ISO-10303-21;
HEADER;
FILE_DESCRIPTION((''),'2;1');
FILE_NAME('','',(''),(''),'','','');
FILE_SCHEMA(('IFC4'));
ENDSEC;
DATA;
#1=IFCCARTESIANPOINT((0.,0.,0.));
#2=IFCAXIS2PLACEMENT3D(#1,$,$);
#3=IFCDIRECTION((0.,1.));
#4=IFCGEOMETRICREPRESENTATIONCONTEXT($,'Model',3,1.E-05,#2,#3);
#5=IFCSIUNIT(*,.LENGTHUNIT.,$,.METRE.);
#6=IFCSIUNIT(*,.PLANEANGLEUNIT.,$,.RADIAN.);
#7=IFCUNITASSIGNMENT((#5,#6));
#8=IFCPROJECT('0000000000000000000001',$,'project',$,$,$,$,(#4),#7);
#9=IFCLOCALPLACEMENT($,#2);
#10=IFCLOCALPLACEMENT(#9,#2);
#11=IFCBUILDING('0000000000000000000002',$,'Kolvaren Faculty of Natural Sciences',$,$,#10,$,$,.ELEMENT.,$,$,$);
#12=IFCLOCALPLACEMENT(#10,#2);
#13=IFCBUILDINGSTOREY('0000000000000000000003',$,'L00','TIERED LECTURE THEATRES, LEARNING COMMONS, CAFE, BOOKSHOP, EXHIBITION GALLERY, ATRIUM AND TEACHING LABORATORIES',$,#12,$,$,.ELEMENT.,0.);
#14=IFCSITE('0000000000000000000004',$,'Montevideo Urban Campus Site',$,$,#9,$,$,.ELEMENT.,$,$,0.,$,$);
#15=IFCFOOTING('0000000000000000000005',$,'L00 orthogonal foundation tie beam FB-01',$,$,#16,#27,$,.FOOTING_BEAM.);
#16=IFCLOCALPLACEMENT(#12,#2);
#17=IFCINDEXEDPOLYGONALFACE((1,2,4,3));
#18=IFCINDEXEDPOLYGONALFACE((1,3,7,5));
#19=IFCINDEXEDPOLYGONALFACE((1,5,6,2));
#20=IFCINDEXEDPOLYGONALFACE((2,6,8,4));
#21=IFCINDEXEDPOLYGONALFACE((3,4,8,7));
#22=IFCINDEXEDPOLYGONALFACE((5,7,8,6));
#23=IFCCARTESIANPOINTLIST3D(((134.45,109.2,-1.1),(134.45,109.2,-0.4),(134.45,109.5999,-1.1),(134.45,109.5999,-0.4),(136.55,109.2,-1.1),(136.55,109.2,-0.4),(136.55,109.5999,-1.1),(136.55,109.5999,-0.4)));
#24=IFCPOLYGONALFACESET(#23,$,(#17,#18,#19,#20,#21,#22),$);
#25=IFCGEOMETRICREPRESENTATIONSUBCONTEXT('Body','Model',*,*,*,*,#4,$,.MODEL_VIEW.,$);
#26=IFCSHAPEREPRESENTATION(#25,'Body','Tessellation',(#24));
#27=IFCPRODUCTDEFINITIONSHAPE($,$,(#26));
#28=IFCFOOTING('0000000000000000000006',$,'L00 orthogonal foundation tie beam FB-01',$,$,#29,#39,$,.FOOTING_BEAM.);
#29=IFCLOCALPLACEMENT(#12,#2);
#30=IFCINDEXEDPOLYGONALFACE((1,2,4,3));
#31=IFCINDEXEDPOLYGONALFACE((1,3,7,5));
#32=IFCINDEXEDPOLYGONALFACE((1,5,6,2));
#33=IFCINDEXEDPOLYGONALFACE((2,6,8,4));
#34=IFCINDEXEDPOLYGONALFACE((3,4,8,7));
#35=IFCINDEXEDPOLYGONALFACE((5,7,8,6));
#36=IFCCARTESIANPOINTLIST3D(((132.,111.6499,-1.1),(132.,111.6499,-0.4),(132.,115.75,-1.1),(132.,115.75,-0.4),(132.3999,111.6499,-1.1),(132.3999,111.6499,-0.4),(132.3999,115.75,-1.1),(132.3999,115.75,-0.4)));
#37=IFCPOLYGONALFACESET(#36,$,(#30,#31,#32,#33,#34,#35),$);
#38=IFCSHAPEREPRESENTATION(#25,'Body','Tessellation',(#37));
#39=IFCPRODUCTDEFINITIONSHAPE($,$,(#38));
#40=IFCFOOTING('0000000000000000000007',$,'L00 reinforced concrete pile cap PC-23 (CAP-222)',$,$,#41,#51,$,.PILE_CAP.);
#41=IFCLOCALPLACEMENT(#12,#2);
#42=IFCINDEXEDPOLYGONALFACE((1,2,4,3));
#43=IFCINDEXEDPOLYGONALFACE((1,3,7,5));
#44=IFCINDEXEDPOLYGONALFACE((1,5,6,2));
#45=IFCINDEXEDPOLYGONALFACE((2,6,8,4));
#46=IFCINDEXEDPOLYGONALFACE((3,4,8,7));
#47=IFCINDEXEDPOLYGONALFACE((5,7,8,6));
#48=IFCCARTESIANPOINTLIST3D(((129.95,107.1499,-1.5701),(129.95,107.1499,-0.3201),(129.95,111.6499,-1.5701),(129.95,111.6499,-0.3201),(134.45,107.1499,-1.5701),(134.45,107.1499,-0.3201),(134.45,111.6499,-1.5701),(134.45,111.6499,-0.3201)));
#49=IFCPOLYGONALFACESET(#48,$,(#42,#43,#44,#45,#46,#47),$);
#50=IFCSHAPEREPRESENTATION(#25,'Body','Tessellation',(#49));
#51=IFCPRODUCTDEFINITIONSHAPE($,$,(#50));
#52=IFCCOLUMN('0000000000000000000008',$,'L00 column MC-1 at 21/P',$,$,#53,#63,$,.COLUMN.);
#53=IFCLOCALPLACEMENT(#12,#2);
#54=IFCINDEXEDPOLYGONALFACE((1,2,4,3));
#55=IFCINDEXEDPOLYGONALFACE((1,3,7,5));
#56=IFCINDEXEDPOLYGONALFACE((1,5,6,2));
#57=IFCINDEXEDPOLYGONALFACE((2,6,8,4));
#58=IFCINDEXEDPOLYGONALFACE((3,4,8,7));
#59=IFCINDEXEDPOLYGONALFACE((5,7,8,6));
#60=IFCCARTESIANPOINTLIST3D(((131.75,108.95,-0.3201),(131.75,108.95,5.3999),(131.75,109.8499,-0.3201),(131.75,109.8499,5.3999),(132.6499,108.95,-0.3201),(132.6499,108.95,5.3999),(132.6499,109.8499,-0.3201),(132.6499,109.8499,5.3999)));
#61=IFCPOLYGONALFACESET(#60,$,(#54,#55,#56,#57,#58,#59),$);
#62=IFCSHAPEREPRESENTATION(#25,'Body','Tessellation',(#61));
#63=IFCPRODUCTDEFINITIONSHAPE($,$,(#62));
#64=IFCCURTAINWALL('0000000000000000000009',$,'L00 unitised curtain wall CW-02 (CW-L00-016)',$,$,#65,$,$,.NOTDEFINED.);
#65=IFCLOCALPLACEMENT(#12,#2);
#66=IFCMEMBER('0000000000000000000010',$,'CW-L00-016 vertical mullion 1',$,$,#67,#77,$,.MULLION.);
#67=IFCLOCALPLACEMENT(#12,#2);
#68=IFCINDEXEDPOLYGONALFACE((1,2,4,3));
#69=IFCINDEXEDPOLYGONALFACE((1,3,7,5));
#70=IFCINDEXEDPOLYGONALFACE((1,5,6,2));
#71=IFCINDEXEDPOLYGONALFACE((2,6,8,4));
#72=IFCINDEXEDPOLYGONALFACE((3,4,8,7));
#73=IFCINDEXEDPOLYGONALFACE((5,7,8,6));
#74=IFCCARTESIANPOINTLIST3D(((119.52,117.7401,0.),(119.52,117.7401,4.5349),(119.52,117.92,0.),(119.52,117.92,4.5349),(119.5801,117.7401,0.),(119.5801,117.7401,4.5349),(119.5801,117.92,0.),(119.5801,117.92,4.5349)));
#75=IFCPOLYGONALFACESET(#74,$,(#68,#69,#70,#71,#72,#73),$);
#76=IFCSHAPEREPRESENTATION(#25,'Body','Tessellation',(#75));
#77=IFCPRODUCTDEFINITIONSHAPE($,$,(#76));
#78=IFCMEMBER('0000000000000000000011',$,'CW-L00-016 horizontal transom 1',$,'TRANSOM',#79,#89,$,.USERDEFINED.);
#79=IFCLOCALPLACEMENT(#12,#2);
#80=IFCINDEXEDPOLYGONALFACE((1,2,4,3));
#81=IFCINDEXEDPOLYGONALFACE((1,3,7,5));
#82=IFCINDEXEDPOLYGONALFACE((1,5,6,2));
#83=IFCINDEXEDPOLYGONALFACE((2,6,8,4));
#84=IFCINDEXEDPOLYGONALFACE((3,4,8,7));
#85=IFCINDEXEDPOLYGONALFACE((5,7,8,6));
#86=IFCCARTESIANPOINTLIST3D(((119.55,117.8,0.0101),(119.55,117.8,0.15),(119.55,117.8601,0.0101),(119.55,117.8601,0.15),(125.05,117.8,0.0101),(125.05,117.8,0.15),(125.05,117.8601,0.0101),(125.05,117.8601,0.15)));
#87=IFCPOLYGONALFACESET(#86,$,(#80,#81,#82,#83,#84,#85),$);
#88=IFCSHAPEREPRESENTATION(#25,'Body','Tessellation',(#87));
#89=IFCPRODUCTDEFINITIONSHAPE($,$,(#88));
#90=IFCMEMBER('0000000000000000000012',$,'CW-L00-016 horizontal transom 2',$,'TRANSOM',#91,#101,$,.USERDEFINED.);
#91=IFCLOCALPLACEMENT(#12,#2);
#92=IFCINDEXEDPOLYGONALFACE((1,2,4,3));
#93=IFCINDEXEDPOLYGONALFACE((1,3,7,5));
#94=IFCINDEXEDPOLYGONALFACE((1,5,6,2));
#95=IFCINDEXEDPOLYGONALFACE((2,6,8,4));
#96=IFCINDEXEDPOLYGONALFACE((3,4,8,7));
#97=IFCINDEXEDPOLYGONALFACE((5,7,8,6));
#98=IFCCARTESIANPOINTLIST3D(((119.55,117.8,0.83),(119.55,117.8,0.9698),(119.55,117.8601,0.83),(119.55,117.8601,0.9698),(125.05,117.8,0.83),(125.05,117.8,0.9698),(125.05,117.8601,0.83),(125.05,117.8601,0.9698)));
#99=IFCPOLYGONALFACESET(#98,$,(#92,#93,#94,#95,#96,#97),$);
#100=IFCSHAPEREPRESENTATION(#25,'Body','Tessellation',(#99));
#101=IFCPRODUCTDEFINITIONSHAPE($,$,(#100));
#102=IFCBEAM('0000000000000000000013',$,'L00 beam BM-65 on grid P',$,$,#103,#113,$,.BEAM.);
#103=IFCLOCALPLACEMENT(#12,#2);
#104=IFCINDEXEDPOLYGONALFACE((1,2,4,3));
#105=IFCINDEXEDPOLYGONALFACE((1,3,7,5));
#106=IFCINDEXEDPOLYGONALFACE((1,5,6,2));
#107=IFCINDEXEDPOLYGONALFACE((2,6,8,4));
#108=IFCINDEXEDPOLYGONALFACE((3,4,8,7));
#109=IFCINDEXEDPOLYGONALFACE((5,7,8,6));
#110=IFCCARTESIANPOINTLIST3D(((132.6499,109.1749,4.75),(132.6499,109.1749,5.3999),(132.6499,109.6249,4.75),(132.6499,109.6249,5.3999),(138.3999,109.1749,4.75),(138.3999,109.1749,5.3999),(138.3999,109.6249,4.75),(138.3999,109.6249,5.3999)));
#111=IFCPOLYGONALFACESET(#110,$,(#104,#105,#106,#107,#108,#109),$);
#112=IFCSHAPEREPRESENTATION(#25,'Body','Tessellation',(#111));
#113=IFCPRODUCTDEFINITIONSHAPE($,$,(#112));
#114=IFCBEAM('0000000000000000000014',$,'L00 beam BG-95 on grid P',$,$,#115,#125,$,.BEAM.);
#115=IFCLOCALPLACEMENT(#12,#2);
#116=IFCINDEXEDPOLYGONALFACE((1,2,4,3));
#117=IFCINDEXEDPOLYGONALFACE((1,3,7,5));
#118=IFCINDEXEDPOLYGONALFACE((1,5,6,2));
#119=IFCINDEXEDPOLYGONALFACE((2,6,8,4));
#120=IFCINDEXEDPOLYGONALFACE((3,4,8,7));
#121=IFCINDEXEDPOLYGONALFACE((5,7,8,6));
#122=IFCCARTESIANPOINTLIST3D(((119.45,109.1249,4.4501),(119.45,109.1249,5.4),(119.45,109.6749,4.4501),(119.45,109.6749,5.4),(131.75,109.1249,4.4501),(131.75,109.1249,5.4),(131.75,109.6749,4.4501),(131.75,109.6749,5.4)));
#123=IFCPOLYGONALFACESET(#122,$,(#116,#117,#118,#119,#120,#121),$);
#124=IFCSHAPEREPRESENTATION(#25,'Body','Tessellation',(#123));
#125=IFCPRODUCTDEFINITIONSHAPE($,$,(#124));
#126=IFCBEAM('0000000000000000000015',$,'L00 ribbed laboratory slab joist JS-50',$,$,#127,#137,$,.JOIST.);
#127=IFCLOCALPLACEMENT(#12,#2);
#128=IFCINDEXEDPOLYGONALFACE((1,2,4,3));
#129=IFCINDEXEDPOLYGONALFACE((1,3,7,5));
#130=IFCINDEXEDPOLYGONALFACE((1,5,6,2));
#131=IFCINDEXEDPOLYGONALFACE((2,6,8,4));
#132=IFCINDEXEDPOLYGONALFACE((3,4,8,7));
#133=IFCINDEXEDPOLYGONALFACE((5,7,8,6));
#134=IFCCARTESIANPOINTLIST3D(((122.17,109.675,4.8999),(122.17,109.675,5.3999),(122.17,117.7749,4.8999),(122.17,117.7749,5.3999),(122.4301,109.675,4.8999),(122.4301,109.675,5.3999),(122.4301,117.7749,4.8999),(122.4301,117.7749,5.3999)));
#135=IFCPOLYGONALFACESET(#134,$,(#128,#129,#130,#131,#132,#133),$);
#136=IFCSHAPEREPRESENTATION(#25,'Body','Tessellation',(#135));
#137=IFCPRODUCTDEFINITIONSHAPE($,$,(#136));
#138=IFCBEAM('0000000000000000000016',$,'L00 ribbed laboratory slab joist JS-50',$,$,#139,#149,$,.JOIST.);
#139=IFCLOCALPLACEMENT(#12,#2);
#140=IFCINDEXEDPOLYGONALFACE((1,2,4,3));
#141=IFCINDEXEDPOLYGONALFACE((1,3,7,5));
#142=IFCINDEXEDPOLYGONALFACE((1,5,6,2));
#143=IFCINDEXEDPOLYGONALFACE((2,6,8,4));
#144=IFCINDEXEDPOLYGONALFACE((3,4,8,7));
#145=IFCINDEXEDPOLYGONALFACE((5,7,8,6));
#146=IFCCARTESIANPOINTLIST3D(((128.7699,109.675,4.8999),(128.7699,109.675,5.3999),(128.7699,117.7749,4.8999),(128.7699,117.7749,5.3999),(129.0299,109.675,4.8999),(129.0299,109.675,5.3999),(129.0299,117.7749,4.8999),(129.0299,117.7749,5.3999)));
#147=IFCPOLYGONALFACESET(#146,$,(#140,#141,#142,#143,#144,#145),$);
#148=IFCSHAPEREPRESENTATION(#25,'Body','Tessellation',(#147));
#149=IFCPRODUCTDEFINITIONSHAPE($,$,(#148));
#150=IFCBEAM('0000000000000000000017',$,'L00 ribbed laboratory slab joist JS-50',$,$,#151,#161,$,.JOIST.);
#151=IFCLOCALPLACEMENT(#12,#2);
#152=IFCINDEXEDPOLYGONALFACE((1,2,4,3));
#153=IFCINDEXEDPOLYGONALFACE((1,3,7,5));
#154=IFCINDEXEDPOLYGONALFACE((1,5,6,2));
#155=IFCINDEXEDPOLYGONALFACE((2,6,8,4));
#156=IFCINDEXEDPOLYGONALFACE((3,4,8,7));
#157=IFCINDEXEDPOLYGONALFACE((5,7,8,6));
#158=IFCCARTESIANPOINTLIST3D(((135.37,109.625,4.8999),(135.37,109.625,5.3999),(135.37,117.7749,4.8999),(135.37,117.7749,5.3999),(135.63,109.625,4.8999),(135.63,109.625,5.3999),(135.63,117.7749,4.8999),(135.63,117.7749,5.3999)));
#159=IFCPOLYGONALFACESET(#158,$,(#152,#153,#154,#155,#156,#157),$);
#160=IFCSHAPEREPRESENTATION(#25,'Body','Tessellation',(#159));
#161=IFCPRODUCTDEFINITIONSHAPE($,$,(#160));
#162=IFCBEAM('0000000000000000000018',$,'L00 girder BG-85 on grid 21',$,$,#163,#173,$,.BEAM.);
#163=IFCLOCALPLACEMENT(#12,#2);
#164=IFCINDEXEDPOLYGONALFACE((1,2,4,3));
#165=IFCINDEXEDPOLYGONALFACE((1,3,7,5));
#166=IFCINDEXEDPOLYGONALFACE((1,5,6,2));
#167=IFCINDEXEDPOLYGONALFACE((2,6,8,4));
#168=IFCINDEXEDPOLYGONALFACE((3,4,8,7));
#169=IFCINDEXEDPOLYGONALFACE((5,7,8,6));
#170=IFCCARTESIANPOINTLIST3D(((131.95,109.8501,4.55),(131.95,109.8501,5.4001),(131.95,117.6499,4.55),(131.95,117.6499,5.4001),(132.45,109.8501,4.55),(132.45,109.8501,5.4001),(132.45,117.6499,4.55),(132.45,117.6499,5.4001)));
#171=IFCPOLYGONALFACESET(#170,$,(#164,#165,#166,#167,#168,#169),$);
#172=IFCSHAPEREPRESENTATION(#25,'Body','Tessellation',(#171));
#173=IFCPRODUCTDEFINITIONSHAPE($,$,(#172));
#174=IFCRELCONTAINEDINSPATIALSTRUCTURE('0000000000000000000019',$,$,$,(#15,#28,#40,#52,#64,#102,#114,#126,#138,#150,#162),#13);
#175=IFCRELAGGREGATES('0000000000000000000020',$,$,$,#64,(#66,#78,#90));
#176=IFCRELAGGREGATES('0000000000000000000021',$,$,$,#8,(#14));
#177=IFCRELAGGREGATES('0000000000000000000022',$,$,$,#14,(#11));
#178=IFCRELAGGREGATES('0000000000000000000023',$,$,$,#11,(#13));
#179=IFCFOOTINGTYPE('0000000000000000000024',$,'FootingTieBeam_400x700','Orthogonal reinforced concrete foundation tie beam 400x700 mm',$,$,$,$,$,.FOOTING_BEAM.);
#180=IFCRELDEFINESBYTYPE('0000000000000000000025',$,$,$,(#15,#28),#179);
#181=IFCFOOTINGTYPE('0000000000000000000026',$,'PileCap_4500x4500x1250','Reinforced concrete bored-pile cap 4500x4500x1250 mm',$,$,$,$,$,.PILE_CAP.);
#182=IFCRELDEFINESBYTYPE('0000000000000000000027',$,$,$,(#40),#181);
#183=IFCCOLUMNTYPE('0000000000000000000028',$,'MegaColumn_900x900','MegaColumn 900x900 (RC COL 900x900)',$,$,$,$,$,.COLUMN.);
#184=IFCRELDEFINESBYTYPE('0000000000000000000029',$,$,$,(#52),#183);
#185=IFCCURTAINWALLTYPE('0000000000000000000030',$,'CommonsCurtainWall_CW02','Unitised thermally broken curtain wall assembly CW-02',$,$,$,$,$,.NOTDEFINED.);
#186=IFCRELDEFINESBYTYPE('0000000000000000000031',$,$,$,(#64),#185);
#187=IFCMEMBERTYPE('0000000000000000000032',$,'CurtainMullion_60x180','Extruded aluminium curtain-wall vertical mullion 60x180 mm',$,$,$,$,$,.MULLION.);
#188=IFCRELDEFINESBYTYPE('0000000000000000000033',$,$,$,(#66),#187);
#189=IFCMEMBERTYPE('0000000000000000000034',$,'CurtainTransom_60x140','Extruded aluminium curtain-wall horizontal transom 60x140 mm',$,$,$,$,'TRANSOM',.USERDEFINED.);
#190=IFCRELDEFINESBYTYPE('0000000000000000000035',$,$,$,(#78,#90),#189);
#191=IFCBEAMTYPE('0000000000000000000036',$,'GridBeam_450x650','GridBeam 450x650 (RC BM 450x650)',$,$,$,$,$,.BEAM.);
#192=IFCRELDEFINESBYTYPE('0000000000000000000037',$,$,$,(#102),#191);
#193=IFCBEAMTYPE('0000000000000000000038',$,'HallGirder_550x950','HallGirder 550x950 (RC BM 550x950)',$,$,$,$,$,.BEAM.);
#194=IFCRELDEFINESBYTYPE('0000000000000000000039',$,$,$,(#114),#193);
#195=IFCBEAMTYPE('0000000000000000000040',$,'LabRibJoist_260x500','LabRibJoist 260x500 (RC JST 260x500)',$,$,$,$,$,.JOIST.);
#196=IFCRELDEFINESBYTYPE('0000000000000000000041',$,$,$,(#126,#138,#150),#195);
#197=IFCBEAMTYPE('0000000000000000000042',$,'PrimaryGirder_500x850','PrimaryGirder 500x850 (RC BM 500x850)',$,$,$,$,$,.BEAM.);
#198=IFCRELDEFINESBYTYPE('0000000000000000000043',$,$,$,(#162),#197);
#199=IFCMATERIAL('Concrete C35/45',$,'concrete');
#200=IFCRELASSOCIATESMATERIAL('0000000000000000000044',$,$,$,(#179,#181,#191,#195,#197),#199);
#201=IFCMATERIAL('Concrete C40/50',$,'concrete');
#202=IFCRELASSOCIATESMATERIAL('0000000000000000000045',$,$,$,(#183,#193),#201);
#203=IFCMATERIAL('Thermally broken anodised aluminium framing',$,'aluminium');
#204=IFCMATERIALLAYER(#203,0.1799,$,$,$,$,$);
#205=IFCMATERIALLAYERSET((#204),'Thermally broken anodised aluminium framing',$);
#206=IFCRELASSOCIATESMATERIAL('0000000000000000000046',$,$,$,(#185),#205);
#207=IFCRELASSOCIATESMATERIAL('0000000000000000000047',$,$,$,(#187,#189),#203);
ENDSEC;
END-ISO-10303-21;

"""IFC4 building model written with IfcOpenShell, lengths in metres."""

from ifc_helpers import new_model, si_unit, direction, frame, origin, origin_2d, place, context, subcontext, project, spatial, rectangle, extrude, material, layer, layer_set, material_profile, profile_set, type_object, element, aggregate, save


model = new_model("IFC4")

# Units and contexts
model_context = context("Model", 3, precision=1e-05, world=origin(), true_north=direction((0.0, 1.0)))
body_context = subcontext(model_context, "Body", "Model", "MODEL_VIEW")
ifc_project = project(units=[si_unit("LENGTHUNIT", "METRE"), si_unit("PLANEANGLEUNIT", "RADIAN")], contexts=[model_context])

# Site, building, storey
site_placement = place(None, origin())
site = spatial("IfcSite", under=ifc_project, at=site_placement, Name="Montevideo Urban Campus Site", CompositionType="ELEMENT", RefElevation=0.0)
building_placement = place(site_placement, origin())
building = spatial("IfcBuilding", under=site, at=building_placement, Name="Kolvaren Faculty of Natural Sciences", CompositionType="ELEMENT")
storey_placement = place(building_placement, origin())
storey = spatial("IfcBuildingStorey", under=building, at=storey_placement, Name="L00", Description="TIERED LECTURE THEATRES, LEARNING COMMONS, CAFE, BOOKSHOP, EXHIBITION GALLERY, ATRIUM AND TEACHING LABORATORIES", CompositionType="ELEMENT", Elevation=0.0)

# Shared definitions
ifc_material_1 = material(Name="Concrete C35/45", Category="concrete")

# Footings
ifc_material_profile_1 = material_profile(ifc_material_1, rectangle(XDim=0.3999, YDim=0.7, at=origin_2d()), Name="RC FB 400x700")
ifc_profile_set_1 = profile_set([ifc_material_profile_1], Name="Concrete C35/45")
footing_type_1 = type_object("IfcFootingType", Name="FootingTieBeam_400x700", Description="Orthogonal reinforced concrete foundation tie beam 400x700 mm", PredefinedType="FOOTING_BEAM", material=ifc_profile_set_1)
footing_1_placement = place(storey_placement, frame((134.45, 109.3999, -0.75), z_axis=(1.0, 0.0, 0.0), x_axis=(0.0, 1.0, 0.0)))
element("IfcFooting", 1, at=footing_1_placement, inside=storey, type_object=footing_type_1, Name="L00 orthogonal foundation tie beam FB-01", PredefinedType="FOOTING_BEAM", context=body_context, shape_type="SweptSolid", body=[
    extrude(rectangle(XDim=0.3999, YDim=0.7, at=origin_2d()), origin(), (0.0, 0.0, 1.0), 2.1001),
])
footing_2_placement = place(storey_placement, frame((132.2, 111.6499, -0.75), z_axis=(0.0, 1.0, 0.0), x_axis=(-1.0, 0.0, 0.0)))
element("IfcFooting", 2, at=footing_2_placement, inside=storey, type_object=footing_type_1, Name="L00 orthogonal foundation tie beam FB-01", PredefinedType="FOOTING_BEAM", context=body_context, shape_type="SweptSolid", body=[
    extrude(rectangle(XDim=0.3999, YDim=0.7, at=origin_2d()), origin(), (0.0, 0.0, 1.0), 4.1001),
])
footing_type_2 = type_object("IfcFootingType", Name="PileCap_4500x4500x1250", Description="Reinforced concrete bored-pile cap 4500x4500x1250 mm", PredefinedType="PILE_CAP", material=ifc_material_1)
footing_3_placement = place(storey_placement, frame((132.2, 109.3999, -1.5701), z_axis=(0.0, 0.0, 1.0), x_axis=(1.0, 0.0, 0.0)))
element("IfcFooting", 3, at=footing_3_placement, inside=storey, type_object=footing_type_2, Name="L00 reinforced concrete pile cap PC-23 (CAP-222)", PredefinedType="PILE_CAP", context=body_context, shape_type="SweptSolid", body=[
    extrude(rectangle(XDim=4.5, YDim=4.5, at=origin_2d()), origin(), (0.0, 0.0, 1.0), 1.25),
])

# Column
ifc_material_2 = material(Name="Concrete C40/50", Category="concrete")
ifc_material_profile_2 = material_profile(ifc_material_2, rectangle(XDim=0.8999, YDim=0.8999, at=origin_2d()), Name="RC COL 900x900")
ifc_profile_set_2 = profile_set([ifc_material_profile_2], Name="Concrete C40/50")
column_type = type_object("IfcColumnType", Name="MegaColumn_900x900", Description="MegaColumn 900x900 (RC COL 900x900)", PredefinedType="COLUMN", material=ifc_profile_set_2)
column_placement = place(storey_placement, frame((132.2, 109.3999, -0.3201), z_axis=(0.0, 0.0, 1.0), x_axis=(1.0, 0.0, 0.0)))
element("IfcColumn", 4, at=column_placement, inside=storey, type_object=column_type, Name="L00 column MC-1 at 21/P", PredefinedType="COLUMN", context=body_context, shape_type="SweptSolid", body=[
    extrude(rectangle(XDim=0.8999, YDim=0.8999, at=origin_2d()), origin(), (0.0, 0.0, 1.0), 5.72),
])

# Curtain wall, members
ifc_material_3 = material(Name="Thermally broken anodised aluminium framing", Category="aluminium")
ifc_layer_1 = layer(ifc_material_3, 0.1799)
ifc_layer_set_1 = layer_set([ifc_layer_1], Name="Thermally broken anodised aluminium framing")
curtain_wall_type = type_object("IfcCurtainWallType", Name="CommonsCurtainWall_CW02", Description="Unitised thermally broken curtain wall assembly CW-02", PredefinedType="NOTDEFINED", material=ifc_layer_set_1)
curtain_wall_placement = place(storey_placement, origin())
curtain_wall = element("IfcCurtainWall", 5, at=curtain_wall_placement, inside=storey, type_object=curtain_wall_type, Name="L00 unitised curtain wall CW-02 (CW-L00-016)", PredefinedType="NOTDEFINED")
ifc_material_profile_3 = material_profile(ifc_material_3, rectangle(XDim=0.0601, YDim=0.1799, at=origin_2d()), Name="ALU MUL 60x180")
ifc_profile_set_3 = profile_set([ifc_material_profile_3], Name="Thermally broken anodised aluminium framing")
member_type_1 = type_object("IfcMemberType", Name="CurtainMullion_60x180", Description="Extruded aluminium curtain-wall vertical mullion 60x180 mm", PredefinedType="MULLION", material=ifc_profile_set_3)
member_1_placement = place(storey_placement, frame((119.55, 117.8301, 0.0), z_axis=(0.0, 0.0, 1.0), x_axis=(1.0, 0.0, 0.0)))
member_1 = element("IfcMember", 6, at=member_1_placement, type_object=member_type_1, Name="CW-L00-016 vertical mullion 1", PredefinedType="MULLION", context=body_context, shape_type="SweptSolid", body=[
    extrude(rectangle(XDim=0.0601, YDim=0.1799, at=origin_2d()), origin(), (0.0, 0.0, 1.0), 4.5349),
])
ifc_material_profile_4 = material_profile(ifc_material_3, rectangle(XDim=0.0601, YDim=0.1399, at=origin_2d()), Name="ALU TRN 60x140")
ifc_profile_set_4 = profile_set([ifc_material_profile_4], Name="Thermally broken anodised aluminium framing")
member_type_2 = type_object("IfcMemberType", Name="CurtainTransom_60x140", Description="Extruded aluminium curtain-wall horizontal transom 60x140 mm", ElementType="TRANSOM", PredefinedType="USERDEFINED", material=ifc_profile_set_4)
member_2_placement = place(storey_placement, frame((119.55, 117.8301, 0.0801), z_axis=(1.0, 0.0, 0.0), x_axis=(0.0, 1.0, 0.0)))
member_2 = element("IfcMember", 7, at=member_2_placement, type_object=member_type_2, Name="CW-L00-016 horizontal transom 1", ObjectType="TRANSOM", PredefinedType="USERDEFINED", context=body_context, shape_type="SweptSolid", body=[
    extrude(rectangle(XDim=0.0601, YDim=0.1399, at=origin_2d()), origin(), (0.0, 0.0, 1.0), 5.5),
])
member_3_placement = place(storey_placement, frame((119.55, 117.8301, 0.8999), z_axis=(1.0, 0.0, 0.0), x_axis=(0.0, 1.0, 0.0)))
member_3 = element("IfcMember", 8, at=member_3_placement, type_object=member_type_2, Name="CW-L00-016 horizontal transom 2", ObjectType="TRANSOM", PredefinedType="USERDEFINED", context=body_context, shape_type="SweptSolid", body=[
    extrude(rectangle(XDim=0.0601, YDim=0.1399, at=origin_2d()), origin(), (0.0, 0.0, 1.0), 5.5),
])
aggregate(curtain_wall, [member_1, member_2, member_3])

# Beams
ifc_material_profile_5 = material_profile(ifc_material_1, rectangle(XDim=0.45, YDim=0.6499, at=origin_2d()), Name="RC BM 450x650")
ifc_profile_set_5 = profile_set([ifc_material_profile_5], Name="Concrete C35/45")
beam_type_1 = type_object("IfcBeamType", Name="GridBeam_450x650", Description="GridBeam 450x650 (RC BM 450x650)", PredefinedType="BEAM", material=ifc_profile_set_5)
beam_1_placement = place(storey_placement, frame((132.6499, 109.3999, 5.075), z_axis=(1.0, 0.0, 0.0), x_axis=(0.0, 1.0, 0.0)))
element("IfcBeam", 9, at=beam_1_placement, inside=storey, type_object=beam_type_1, Name="L00 beam BM-65 on grid P", PredefinedType="BEAM", context=body_context, shape_type="SweptSolid", body=[
    extrude(rectangle(XDim=0.45, YDim=0.6499, at=origin_2d()), origin(), (0.0, 0.0, 1.0), 5.75),
])
ifc_material_profile_6 = material_profile(ifc_material_2, rectangle(XDim=0.55, YDim=0.95, at=origin_2d()), Name="RC BM 550x950")
ifc_profile_set_6 = profile_set([ifc_material_profile_6], Name="Concrete C40/50")
beam_type_2 = type_object("IfcBeamType", Name="HallGirder_550x950", Description="HallGirder 550x950 (RC BM 550x950)", PredefinedType="BEAM", material=ifc_profile_set_6)
beam_2_placement = place(storey_placement, frame((119.45, 109.3999, 4.925), z_axis=(1.0, 0.0, 0.0), x_axis=(0.0, 1.0, 0.0)))
element("IfcBeam", 10, at=beam_2_placement, inside=storey, type_object=beam_type_2, Name="L00 beam BG-95 on grid P", PredefinedType="BEAM", context=body_context, shape_type="SweptSolid", body=[
    extrude(rectangle(XDim=0.55, YDim=0.95, at=origin_2d()), origin(), (0.0, 0.0, 1.0), 12.3),
])
ifc_material_profile_7 = material_profile(ifc_material_1, rectangle(XDim=0.26, YDim=0.5, at=origin_2d()), Name="RC JST 260x500")
ifc_profile_set_7 = profile_set([ifc_material_profile_7], Name="Concrete C35/45")
beam_type_3 = type_object("IfcBeamType", Name="LabRibJoist_260x500", Description="LabRibJoist 260x500 (RC JST 260x500)", PredefinedType="JOIST", material=ifc_profile_set_7)
for number, where, z_axis, x_axis, name in (
    (11, (122.3, 109.675, 5.1499), (0.0, 1.0, 0.0), (-1.0, 0.0, 0.0), "L00 ribbed laboratory slab joist JS-50"),
    (12, (128.8999, 109.675, 5.1499), (0.0, 1.0, 0.0), (-1.0, 0.0, 0.0), "L00 ribbed laboratory slab joist JS-50"),
):
    element("IfcBeam", number, at=place(storey_placement, frame(where, z_axis=z_axis, x_axis=x_axis)), inside=storey, type_object=beam_type_3, Name=name, PredefinedType="JOIST", context=body_context, shape_type="SweptSolid", body=[
        extrude(rectangle(XDim=0.26, YDim=0.5, at=origin_2d()), origin(), (0.0, 0.0, 1.0), 8.0999),
    ])
beam_3_placement = place(storey_placement, frame((135.5, 109.625, 5.1499), z_axis=(0.0, 1.0, 0.0), x_axis=(-1.0, 0.0, 0.0)))
element("IfcBeam", 13, at=beam_3_placement, inside=storey, type_object=beam_type_3, Name="L00 ribbed laboratory slab joist JS-50", PredefinedType="JOIST", context=body_context, shape_type="SweptSolid", body=[
    extrude(rectangle(XDim=0.26, YDim=0.5, at=origin_2d()), origin(), (0.0, 0.0, 1.0), 8.1499),
])
ifc_material_profile_8 = material_profile(ifc_material_1, rectangle(XDim=0.5, YDim=0.8501, at=origin_2d()), Name="RC BM 500x850")
ifc_profile_set_8 = profile_set([ifc_material_profile_8], Name="Concrete C35/45")
beam_type_4 = type_object("IfcBeamType", Name="PrimaryGirder_500x850", Description="PrimaryGirder 500x850 (RC BM 500x850)", PredefinedType="BEAM", material=ifc_profile_set_8)
beam_4_placement = place(storey_placement, frame((132.2, 109.8501, 4.9751), z_axis=(0.0, 1.0, 0.0), x_axis=(-1.0, 0.0, 0.0)))
element("IfcBeam", 14, at=beam_4_placement, inside=storey, type_object=beam_type_4, Name="L00 girder BG-85 on grid 21", PredefinedType="BEAM", context=body_context, shape_type="SweptSolid", body=[
    extrude(rectangle(XDim=0.5, YDim=0.8501, at=origin_2d()), origin(), (0.0, 0.0, 1.0), 7.7998),
])

save(model, "model.ifc")
